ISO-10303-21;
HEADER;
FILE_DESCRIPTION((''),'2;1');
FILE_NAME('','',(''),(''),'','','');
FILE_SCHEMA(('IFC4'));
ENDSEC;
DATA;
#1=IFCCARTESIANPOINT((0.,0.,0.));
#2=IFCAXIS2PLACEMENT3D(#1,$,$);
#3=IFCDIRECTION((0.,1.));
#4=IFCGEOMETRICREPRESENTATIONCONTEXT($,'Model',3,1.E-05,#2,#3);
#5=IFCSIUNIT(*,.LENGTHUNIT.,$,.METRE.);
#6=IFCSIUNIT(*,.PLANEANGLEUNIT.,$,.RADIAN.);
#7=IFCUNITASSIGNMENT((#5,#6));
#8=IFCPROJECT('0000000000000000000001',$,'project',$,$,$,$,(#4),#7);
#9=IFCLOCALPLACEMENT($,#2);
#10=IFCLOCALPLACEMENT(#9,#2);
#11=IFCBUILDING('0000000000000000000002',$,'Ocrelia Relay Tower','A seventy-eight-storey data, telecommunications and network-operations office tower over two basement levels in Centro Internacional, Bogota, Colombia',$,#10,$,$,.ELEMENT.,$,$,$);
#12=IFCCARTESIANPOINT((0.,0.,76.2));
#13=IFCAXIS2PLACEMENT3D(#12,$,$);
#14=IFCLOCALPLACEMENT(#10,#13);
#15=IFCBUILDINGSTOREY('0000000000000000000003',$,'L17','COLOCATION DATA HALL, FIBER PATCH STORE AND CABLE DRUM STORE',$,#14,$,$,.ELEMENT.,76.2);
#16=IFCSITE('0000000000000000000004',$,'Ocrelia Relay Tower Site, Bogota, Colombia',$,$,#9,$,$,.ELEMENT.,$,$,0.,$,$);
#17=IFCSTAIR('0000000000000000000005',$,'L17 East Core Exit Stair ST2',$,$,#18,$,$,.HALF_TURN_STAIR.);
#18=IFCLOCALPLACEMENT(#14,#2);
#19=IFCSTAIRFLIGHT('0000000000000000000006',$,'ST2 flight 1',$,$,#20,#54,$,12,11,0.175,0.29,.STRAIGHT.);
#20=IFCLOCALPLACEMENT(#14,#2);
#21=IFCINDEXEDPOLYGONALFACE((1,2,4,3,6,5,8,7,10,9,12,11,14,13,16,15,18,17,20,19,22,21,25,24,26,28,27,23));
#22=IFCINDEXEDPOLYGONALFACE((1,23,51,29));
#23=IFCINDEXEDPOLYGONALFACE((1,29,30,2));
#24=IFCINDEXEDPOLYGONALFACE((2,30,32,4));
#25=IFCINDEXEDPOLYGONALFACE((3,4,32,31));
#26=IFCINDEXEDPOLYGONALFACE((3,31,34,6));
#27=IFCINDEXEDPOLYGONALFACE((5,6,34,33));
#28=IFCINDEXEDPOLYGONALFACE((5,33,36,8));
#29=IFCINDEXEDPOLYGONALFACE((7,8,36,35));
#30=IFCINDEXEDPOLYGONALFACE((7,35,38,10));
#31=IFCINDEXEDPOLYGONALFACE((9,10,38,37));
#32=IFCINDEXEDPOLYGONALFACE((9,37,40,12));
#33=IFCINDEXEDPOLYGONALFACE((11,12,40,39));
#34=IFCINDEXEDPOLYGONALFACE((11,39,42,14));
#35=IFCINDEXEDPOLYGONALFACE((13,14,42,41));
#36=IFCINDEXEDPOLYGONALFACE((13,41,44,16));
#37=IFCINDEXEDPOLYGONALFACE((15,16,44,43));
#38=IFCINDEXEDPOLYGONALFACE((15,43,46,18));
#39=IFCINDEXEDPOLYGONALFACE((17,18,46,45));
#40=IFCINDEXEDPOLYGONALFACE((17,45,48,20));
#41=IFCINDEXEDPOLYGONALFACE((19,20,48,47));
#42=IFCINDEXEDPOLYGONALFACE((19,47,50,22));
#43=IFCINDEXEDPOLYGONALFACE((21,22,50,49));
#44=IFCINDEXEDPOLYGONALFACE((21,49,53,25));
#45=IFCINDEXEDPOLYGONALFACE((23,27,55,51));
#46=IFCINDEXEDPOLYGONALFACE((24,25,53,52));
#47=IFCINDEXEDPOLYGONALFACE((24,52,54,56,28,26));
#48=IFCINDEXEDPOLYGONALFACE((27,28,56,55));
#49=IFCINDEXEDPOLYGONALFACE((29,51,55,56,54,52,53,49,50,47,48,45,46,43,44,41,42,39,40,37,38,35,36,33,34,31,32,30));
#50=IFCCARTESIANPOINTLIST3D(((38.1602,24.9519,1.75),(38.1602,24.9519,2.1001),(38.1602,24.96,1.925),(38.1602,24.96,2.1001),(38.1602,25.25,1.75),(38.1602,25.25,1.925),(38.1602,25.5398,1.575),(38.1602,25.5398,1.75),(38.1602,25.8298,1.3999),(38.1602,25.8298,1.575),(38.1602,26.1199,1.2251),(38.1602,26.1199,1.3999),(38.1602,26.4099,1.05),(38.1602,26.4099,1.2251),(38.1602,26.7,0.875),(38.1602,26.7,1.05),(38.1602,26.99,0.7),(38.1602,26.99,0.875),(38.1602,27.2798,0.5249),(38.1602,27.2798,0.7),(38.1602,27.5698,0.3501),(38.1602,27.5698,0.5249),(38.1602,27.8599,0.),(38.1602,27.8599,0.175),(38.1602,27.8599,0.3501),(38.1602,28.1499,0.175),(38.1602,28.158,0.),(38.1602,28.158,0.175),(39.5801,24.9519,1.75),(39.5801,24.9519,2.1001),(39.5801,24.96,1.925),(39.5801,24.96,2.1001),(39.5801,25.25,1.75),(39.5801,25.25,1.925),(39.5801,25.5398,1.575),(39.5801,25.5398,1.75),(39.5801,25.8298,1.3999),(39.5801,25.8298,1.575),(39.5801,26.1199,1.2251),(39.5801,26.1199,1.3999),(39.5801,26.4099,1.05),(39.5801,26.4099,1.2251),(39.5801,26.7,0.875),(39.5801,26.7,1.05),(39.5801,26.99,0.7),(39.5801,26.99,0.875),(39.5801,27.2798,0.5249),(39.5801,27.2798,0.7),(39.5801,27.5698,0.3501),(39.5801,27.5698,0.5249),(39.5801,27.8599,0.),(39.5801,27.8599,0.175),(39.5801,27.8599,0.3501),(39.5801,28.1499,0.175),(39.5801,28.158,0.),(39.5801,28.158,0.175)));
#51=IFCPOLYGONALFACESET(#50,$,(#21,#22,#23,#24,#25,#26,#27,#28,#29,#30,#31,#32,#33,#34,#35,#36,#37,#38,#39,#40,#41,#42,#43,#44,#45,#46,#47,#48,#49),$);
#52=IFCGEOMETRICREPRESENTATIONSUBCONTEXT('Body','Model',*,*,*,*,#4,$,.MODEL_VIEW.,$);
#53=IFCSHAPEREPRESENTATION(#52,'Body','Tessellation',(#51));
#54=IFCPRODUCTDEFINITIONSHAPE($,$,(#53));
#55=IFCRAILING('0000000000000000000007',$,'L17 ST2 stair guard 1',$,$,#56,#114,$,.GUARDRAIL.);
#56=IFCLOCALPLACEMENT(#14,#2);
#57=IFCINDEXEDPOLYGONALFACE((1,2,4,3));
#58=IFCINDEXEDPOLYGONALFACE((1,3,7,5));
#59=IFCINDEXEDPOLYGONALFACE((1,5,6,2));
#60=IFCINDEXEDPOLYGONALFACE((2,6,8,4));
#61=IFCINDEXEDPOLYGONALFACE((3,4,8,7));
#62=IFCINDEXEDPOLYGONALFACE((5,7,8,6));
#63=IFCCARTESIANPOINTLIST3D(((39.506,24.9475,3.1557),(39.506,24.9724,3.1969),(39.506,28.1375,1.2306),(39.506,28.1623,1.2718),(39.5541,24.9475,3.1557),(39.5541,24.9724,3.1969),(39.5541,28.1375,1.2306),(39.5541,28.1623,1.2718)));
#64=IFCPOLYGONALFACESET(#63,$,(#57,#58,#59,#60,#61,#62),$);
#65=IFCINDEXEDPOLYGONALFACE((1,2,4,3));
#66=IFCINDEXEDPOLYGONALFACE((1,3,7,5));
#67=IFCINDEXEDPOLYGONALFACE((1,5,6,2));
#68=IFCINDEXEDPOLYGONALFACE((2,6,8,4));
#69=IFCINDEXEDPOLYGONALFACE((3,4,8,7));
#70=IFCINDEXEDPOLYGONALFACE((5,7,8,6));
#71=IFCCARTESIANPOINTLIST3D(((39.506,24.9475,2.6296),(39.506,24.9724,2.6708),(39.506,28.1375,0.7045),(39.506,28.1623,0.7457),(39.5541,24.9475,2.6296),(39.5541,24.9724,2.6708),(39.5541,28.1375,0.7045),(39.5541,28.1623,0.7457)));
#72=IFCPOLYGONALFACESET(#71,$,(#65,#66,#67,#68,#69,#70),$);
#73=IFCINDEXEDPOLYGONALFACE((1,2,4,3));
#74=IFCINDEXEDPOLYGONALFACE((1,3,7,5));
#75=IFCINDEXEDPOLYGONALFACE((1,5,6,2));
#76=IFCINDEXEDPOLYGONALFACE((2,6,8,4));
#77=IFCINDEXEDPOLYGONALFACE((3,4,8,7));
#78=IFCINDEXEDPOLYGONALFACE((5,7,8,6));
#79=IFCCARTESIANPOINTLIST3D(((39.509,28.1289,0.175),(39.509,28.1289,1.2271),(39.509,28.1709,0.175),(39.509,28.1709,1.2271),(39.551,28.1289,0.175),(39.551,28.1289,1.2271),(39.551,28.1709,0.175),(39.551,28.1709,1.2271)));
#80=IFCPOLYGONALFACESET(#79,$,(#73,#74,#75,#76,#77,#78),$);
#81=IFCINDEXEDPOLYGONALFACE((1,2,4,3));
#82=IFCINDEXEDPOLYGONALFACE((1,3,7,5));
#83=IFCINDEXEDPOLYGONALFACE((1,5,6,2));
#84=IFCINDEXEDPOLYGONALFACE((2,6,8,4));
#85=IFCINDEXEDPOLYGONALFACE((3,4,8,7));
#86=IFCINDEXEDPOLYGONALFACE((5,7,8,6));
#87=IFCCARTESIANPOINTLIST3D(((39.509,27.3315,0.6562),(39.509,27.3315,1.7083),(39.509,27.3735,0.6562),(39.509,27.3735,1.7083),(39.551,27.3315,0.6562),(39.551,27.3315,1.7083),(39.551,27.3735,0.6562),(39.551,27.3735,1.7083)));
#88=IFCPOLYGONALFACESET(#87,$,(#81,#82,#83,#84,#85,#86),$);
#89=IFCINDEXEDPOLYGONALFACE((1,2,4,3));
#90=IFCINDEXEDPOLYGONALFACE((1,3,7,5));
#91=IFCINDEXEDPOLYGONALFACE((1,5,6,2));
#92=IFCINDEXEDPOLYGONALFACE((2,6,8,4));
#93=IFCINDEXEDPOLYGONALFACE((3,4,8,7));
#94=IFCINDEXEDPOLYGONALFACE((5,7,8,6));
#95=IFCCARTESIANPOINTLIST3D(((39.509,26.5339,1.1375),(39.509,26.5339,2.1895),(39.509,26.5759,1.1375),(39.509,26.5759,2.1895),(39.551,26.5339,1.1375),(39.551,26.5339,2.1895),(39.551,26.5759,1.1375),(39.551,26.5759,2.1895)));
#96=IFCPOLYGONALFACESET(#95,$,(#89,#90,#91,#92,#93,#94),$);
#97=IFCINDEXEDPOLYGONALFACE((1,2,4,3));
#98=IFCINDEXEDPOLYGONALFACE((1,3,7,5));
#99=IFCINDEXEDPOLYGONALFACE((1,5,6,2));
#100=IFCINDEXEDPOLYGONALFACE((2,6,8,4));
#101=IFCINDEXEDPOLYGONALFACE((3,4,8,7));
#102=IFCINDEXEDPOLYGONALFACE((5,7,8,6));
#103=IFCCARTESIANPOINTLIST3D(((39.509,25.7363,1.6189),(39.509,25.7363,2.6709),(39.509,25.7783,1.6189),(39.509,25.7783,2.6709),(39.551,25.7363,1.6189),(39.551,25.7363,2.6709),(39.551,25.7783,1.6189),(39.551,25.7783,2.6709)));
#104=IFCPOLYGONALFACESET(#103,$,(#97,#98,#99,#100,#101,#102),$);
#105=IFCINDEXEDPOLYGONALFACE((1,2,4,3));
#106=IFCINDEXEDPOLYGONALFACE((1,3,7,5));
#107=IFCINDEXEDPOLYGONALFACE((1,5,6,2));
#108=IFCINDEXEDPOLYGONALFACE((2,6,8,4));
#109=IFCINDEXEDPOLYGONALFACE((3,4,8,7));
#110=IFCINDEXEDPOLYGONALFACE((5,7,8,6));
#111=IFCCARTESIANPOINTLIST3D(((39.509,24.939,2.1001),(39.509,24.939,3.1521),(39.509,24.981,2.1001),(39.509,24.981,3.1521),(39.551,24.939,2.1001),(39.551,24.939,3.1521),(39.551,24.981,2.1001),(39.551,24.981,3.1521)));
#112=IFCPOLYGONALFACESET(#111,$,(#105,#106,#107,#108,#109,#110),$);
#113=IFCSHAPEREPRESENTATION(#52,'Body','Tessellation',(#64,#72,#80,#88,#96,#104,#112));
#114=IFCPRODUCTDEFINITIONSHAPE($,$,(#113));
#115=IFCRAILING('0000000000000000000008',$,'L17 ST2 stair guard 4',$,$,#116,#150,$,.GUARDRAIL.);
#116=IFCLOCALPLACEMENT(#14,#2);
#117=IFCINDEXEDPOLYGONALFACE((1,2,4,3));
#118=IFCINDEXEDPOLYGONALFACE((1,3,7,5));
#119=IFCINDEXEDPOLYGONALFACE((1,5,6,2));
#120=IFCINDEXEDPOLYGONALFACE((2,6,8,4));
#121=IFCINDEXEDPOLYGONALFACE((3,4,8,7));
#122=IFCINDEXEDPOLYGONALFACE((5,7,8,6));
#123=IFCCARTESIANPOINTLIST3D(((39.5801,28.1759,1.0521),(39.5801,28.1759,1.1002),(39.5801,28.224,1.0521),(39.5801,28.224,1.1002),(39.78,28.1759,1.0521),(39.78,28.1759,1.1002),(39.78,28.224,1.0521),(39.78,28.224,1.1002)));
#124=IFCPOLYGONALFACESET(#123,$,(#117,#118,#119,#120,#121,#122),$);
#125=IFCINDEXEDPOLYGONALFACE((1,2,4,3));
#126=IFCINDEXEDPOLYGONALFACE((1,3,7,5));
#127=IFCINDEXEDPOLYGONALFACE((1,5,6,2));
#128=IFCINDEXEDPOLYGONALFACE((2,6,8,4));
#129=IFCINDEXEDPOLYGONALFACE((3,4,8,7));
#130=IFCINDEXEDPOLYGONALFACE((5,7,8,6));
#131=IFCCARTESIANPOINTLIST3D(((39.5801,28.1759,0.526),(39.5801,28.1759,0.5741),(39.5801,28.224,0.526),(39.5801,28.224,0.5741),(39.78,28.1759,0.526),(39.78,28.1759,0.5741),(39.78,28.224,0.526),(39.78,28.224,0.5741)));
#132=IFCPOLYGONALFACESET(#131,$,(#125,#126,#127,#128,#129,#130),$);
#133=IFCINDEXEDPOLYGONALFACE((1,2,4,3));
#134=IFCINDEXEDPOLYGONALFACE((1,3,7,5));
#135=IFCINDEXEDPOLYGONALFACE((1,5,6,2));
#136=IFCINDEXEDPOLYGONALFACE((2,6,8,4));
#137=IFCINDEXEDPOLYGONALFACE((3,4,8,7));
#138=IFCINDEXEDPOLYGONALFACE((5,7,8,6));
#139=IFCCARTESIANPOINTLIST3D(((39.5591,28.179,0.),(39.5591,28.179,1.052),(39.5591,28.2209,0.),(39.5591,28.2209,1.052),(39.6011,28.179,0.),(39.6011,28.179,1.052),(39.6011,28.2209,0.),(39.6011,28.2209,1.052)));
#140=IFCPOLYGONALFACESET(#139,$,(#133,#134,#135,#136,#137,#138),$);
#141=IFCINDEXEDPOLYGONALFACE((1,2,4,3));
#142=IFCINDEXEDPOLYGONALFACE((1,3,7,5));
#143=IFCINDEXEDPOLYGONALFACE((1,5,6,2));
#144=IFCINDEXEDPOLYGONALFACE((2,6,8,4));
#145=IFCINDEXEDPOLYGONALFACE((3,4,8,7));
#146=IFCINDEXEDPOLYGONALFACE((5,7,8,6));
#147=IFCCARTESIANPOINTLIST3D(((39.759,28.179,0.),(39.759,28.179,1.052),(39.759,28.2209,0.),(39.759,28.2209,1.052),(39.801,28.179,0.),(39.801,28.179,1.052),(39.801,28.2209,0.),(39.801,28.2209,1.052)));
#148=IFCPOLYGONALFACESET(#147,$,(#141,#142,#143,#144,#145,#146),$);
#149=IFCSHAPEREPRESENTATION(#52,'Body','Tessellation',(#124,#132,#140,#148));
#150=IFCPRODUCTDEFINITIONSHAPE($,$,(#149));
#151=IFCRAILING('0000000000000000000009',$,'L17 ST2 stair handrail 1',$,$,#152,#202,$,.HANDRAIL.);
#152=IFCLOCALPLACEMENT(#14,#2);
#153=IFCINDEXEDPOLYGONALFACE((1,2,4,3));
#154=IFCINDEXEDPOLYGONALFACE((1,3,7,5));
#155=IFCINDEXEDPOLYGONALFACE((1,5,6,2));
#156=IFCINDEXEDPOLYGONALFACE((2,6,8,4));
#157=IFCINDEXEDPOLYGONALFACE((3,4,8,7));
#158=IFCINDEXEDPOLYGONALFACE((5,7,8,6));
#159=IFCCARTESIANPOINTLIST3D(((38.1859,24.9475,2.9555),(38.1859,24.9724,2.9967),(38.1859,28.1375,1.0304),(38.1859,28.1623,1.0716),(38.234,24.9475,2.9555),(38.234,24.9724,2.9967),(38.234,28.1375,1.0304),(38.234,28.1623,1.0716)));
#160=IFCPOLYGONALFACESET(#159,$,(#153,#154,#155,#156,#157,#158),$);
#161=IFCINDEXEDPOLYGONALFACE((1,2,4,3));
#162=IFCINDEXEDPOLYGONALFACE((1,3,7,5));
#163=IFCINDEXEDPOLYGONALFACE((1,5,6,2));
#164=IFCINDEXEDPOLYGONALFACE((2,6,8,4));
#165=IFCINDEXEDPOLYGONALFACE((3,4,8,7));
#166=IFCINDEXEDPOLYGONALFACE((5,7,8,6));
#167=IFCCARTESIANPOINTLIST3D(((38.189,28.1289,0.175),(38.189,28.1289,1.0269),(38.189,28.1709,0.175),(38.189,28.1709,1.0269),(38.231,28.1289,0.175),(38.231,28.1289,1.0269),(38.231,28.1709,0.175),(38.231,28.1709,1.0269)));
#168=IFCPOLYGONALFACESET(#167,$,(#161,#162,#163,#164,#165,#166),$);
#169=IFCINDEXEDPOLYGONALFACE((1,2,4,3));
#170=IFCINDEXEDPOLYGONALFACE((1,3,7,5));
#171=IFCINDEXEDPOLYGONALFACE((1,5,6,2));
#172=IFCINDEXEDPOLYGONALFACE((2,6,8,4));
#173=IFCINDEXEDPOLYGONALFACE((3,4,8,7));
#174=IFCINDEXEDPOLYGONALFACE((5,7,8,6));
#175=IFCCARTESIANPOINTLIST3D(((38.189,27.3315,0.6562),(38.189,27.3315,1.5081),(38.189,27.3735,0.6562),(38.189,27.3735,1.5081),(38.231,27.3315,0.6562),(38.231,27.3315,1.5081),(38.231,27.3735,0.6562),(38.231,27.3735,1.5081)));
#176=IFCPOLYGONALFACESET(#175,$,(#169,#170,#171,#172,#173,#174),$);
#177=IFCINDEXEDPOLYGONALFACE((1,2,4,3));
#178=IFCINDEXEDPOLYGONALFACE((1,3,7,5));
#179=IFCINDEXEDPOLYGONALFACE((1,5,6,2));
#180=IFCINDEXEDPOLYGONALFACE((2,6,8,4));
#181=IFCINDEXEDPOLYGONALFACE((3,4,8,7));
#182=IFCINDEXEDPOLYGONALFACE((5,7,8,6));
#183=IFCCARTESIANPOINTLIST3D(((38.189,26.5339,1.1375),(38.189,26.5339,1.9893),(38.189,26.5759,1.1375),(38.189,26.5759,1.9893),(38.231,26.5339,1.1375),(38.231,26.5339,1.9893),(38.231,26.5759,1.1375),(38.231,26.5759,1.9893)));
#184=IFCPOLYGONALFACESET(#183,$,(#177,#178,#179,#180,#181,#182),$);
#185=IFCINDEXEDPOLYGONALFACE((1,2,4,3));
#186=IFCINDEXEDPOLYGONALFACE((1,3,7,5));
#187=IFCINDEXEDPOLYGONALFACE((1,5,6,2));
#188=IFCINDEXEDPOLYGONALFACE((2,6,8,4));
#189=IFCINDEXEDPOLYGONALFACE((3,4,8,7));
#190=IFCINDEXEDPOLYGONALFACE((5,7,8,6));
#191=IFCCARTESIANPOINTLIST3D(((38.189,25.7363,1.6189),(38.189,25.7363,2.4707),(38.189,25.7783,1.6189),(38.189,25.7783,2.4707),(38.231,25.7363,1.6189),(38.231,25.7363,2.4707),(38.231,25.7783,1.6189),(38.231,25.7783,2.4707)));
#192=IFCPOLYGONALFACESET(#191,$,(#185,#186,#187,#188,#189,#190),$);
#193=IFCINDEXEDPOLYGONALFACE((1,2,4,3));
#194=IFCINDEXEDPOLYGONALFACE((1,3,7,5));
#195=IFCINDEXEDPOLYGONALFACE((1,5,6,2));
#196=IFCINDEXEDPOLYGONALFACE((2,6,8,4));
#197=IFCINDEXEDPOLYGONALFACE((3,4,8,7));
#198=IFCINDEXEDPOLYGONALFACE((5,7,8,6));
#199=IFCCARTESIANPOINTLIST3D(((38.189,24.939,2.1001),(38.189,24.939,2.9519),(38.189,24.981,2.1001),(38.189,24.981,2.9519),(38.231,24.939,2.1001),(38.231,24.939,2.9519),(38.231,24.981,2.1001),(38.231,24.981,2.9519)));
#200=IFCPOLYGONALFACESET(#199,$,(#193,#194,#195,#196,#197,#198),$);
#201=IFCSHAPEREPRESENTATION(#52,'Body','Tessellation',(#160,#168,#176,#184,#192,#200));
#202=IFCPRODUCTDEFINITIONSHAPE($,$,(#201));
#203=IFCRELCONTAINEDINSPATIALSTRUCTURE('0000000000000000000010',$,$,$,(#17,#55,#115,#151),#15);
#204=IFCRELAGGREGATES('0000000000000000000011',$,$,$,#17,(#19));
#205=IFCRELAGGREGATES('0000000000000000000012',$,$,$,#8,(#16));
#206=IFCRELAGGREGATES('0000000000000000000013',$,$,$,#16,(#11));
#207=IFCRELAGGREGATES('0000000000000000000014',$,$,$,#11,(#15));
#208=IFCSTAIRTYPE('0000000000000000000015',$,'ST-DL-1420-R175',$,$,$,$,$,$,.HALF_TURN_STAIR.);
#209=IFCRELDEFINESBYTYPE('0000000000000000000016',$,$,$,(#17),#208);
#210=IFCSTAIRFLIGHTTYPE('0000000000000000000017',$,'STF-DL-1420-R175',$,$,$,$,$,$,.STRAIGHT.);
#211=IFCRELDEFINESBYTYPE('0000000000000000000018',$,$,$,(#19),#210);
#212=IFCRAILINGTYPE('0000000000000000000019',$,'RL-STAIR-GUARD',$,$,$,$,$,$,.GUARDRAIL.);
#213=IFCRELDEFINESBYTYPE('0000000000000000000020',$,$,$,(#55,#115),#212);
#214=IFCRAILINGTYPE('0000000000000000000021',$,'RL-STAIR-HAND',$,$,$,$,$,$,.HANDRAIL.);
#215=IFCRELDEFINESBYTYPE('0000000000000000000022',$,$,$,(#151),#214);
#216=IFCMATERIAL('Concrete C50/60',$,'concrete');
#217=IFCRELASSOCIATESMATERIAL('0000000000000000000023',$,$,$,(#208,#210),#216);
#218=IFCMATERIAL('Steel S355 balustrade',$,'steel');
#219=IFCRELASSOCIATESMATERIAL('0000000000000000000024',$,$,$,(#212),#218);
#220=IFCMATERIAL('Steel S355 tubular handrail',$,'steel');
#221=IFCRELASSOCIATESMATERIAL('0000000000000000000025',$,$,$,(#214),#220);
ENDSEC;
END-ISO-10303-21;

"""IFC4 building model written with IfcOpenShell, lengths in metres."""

from ifc_helpers import new_model, si_unit, direction, frame, origin, origin_2d, place, context, subcontext, project, spatial, polyline, rectangle, outline, extrude, material, type_object, element, aggregate, save


model = new_model("IFC4")

# Units and contexts
model_context = context("Model", 3, precision=1e-05, world=origin(), true_north=direction((0.0, 1.0)))
body_context = subcontext(model_context, "Body", "Model", "MODEL_VIEW")
ifc_project = project(units=[si_unit("LENGTHUNIT", "METRE"), si_unit("PLANEANGLEUNIT", "RADIAN")], contexts=[model_context])

# Site, building, storey
site_placement = place(None, origin())
site = spatial("IfcSite", under=ifc_project, at=site_placement, Name="Ocrelia Relay Tower Site, Bogota, Colombia", CompositionType="ELEMENT", RefElevation=0.0)
building_placement = place(site_placement, origin())
building = spatial("IfcBuilding", under=site, at=building_placement, Name="Ocrelia Relay Tower", Description="A seventy-eight-storey data, telecommunications and network-operations office tower over two basement levels in Centro Internacional, Bogota, Colombia", CompositionType="ELEMENT")
storey_placement = place(building_placement, frame((0.0, 0.0, 76.2)))
storey = spatial("IfcBuildingStorey", under=building, at=storey_placement, Name="L17", Description="COLOCATION DATA HALL, FIBER PATCH STORE AND CABLE DRUM STORE", CompositionType="ELEMENT", Elevation=76.2)

# Shared definitions
ifc_material_1 = material(Name="Concrete C50/60", Category="concrete")

# Stair, stair flight
stair_type = type_object("IfcStairType", Name="ST-DL-1420-R175", PredefinedType="HALF_TURN_STAIR", material=ifc_material_1)
stair_placement = place(storey_placement, origin())
stair = element("IfcStair", 1, at=stair_placement, inside=storey, type_object=stair_type, Name="L17 East Core Exit Stair ST2", PredefinedType="HALF_TURN_STAIR")
stair_flight_type = type_object("IfcStairFlightType", Name="STF-DL-1420-R175", PredefinedType="STRAIGHT", material=ifc_material_1)
stair_flight_placement = place(storey_placement, frame((38.8701, 28.1499, 0.0), z_axis=(0.0, 0.0, 1.0), x_axis=(0.0, -1.0, 0.0)))
stair_flight = element("IfcStairFlight", 2, at=stair_flight_placement, type_object=stair_flight_type, Name="ST2 flight 1", NumberOfRisers=12, NumberOfTreads=11, PredefinedType="STRAIGHT", RiserHeight=0.175, TreadLength=0.29, context=body_context, shape_type="SweptSolid", body=[
    extrude(outline(polyline([(-0.0081, 0.0), (-0.0081, 0.175), (0.0, 0.175), (0.29, 0.175), (0.29, 0.3501), (0.5801, 0.3501), (0.5801, 0.5249), (0.8701, 0.5249), (0.8701, 0.7), (1.1599, 0.7), (1.1599, 0.875), (1.45, 0.875), (1.45, 1.05), (1.74, 1.05), (1.74, 1.2251), (2.03, 1.2251), (2.03, 1.3999), (2.3201, 1.3999), (2.3201, 1.575), (2.6101, 1.575), (2.6101, 1.75), (2.8999, 1.75), (2.8999, 1.925), (3.1899, 1.925), (3.1899, 2.1001), (3.198, 2.1001), (3.198, 1.75), (0.29, 0.0), (-0.0081, 0.0)])), frame((0.0, 0.71, 0.0), z_axis=(0.0, -1.0, 0.0), x_axis=(1.0, 0.0, 0.0)), (0.0, 0.0, 1.0), 1.4199),
])
aggregate(stair, [stair_flight])

# Railings
ifc_material_2 = material(Name="Steel S355 balustrade", Category="steel")
railing_type_1 = type_object("IfcRailingType", Name="RL-STAIR-GUARD", PredefinedType="GUARDRAIL", material=ifc_material_2)
railing_1_placement = place(storey_placement, frame((39.53, 28.1499, 0.175)))
element("IfcRailing", 3, at=railing_1_placement, inside=storey, type_object=railing_type_1, Name="L17 ST2 stair guard 1", PredefinedType="GUARDRAIL", context=body_context, shape_type="SweptSolid", body=[
    extrude(rectangle(XDim=0.0481, YDim=0.0481, at=origin_2d()), frame((0.0, 0.0, 1.0762), z_axis=(0.0, -0.856178, 0.516682), x_axis=(1.0, 0.0, 0.0)), (0.0, 0.0, 1.0), 3.7258),
    extrude(rectangle(XDim=0.0481, YDim=0.0481, at=origin_2d()), frame((0.0, 0.0, 0.55), z_axis=(0.0, -0.856178, 0.516682), x_axis=(1.0, 0.0, 0.0)), (0.0, 0.0, 1.0), 3.7258),
    extrude(rectangle(XDim=0.042, YDim=0.042, at=origin_2d()), origin(), (0.0, 0.0, 1.0), 1.052),
    extrude(rectangle(XDim=0.042, YDim=0.042, at=origin_2d()), frame((0.0, -0.7974, 0.4812)), (0.0, 0.0, 1.0), 1.052),
    extrude(rectangle(XDim=0.042, YDim=0.042, at=origin_2d()), frame((0.0, -1.595, 0.9624)), (0.0, 0.0, 1.0), 1.052),
    extrude(rectangle(XDim=0.042, YDim=0.042, at=origin_2d()), frame((0.0, -2.3926, 1.4438)), (0.0, 0.0, 1.0), 1.052),
    extrude(rectangle(XDim=0.042, YDim=0.042, at=origin_2d()), frame((0.0, -3.1899, 1.925)), (0.0, 0.0, 1.0), 1.052),
])
railing_2_placement = place(storey_placement, frame((39.5801, 28.2, 0.0)))
element("IfcRailing", 4, at=railing_2_placement, inside=storey, type_object=railing_type_1, Name="L17 ST2 stair guard 4", PredefinedType="GUARDRAIL", context=body_context, shape_type="SweptSolid", body=[
    extrude(rectangle(XDim=0.0481, YDim=0.0481, at=origin_2d()), frame((0.0, 0.0, 1.0762), z_axis=(1.0, 0.0, 0.0), x_axis=(0.0, 1.0, 0.0)), (0.0, 0.0, 1.0), 0.2),
    extrude(rectangle(XDim=0.0481, YDim=0.0481, at=origin_2d()), frame((0.0, 0.0, 0.55), z_axis=(1.0, 0.0, 0.0), x_axis=(0.0, 1.0, 0.0)), (0.0, 0.0, 1.0), 0.2),
    extrude(rectangle(XDim=0.042, YDim=0.042, at=origin_2d()), origin(), (0.0, 0.0, 1.0), 1.052),
    extrude(rectangle(XDim=0.042, YDim=0.042, at=origin_2d()), frame((0.2, 0.0, 0.0)), (0.0, 0.0, 1.0), 1.052),
])
ifc_material_3 = material(Name="Steel S355 tubular handrail", Category="steel")
railing_type_2 = type_object("IfcRailingType", Name="RL-STAIR-HAND", PredefinedType="HANDRAIL", material=ifc_material_3)
railing_3_placement = place(storey_placement, frame((38.21, 28.1499, 0.175)))
element("IfcRailing", 5, at=railing_3_placement, inside=storey, type_object=railing_type_2, Name="L17 ST2 stair handrail 1", PredefinedType="HANDRAIL", context=body_context, shape_type="SweptSolid", body=[
    extrude(rectangle(XDim=0.0481, YDim=0.0481, at=origin_2d()), frame((0.0, 0.0, 0.876), z_axis=(0.0, -0.856178, 0.516682), x_axis=(1.0, 0.0, 0.0)), (0.0, 0.0, 1.0), 3.7258),
    extrude(rectangle(XDim=0.042, YDim=0.042, at=origin_2d()), origin(), (0.0, 0.0, 1.0), 0.8518),
    extrude(rectangle(XDim=0.042, YDim=0.042, at=origin_2d()), frame((0.0, -0.7974, 0.4812)), (0.0, 0.0, 1.0), 0.8518),
    extrude(rectangle(XDim=0.042, YDim=0.042, at=origin_2d()), frame((0.0, -1.595, 0.9624)), (0.0, 0.0, 1.0), 0.8518),
    extrude(rectangle(XDim=0.042, YDim=0.042, at=origin_2d()), frame((0.0, -2.3926, 1.4438)), (0.0, 0.0, 1.0), 0.8518),
    extrude(rectangle(XDim=0.042, YDim=0.042, at=origin_2d()), frame((0.0, -3.1899, 1.925)), (0.0, 0.0, 1.0), 0.8518),
])

save(model, "model.ifc")
